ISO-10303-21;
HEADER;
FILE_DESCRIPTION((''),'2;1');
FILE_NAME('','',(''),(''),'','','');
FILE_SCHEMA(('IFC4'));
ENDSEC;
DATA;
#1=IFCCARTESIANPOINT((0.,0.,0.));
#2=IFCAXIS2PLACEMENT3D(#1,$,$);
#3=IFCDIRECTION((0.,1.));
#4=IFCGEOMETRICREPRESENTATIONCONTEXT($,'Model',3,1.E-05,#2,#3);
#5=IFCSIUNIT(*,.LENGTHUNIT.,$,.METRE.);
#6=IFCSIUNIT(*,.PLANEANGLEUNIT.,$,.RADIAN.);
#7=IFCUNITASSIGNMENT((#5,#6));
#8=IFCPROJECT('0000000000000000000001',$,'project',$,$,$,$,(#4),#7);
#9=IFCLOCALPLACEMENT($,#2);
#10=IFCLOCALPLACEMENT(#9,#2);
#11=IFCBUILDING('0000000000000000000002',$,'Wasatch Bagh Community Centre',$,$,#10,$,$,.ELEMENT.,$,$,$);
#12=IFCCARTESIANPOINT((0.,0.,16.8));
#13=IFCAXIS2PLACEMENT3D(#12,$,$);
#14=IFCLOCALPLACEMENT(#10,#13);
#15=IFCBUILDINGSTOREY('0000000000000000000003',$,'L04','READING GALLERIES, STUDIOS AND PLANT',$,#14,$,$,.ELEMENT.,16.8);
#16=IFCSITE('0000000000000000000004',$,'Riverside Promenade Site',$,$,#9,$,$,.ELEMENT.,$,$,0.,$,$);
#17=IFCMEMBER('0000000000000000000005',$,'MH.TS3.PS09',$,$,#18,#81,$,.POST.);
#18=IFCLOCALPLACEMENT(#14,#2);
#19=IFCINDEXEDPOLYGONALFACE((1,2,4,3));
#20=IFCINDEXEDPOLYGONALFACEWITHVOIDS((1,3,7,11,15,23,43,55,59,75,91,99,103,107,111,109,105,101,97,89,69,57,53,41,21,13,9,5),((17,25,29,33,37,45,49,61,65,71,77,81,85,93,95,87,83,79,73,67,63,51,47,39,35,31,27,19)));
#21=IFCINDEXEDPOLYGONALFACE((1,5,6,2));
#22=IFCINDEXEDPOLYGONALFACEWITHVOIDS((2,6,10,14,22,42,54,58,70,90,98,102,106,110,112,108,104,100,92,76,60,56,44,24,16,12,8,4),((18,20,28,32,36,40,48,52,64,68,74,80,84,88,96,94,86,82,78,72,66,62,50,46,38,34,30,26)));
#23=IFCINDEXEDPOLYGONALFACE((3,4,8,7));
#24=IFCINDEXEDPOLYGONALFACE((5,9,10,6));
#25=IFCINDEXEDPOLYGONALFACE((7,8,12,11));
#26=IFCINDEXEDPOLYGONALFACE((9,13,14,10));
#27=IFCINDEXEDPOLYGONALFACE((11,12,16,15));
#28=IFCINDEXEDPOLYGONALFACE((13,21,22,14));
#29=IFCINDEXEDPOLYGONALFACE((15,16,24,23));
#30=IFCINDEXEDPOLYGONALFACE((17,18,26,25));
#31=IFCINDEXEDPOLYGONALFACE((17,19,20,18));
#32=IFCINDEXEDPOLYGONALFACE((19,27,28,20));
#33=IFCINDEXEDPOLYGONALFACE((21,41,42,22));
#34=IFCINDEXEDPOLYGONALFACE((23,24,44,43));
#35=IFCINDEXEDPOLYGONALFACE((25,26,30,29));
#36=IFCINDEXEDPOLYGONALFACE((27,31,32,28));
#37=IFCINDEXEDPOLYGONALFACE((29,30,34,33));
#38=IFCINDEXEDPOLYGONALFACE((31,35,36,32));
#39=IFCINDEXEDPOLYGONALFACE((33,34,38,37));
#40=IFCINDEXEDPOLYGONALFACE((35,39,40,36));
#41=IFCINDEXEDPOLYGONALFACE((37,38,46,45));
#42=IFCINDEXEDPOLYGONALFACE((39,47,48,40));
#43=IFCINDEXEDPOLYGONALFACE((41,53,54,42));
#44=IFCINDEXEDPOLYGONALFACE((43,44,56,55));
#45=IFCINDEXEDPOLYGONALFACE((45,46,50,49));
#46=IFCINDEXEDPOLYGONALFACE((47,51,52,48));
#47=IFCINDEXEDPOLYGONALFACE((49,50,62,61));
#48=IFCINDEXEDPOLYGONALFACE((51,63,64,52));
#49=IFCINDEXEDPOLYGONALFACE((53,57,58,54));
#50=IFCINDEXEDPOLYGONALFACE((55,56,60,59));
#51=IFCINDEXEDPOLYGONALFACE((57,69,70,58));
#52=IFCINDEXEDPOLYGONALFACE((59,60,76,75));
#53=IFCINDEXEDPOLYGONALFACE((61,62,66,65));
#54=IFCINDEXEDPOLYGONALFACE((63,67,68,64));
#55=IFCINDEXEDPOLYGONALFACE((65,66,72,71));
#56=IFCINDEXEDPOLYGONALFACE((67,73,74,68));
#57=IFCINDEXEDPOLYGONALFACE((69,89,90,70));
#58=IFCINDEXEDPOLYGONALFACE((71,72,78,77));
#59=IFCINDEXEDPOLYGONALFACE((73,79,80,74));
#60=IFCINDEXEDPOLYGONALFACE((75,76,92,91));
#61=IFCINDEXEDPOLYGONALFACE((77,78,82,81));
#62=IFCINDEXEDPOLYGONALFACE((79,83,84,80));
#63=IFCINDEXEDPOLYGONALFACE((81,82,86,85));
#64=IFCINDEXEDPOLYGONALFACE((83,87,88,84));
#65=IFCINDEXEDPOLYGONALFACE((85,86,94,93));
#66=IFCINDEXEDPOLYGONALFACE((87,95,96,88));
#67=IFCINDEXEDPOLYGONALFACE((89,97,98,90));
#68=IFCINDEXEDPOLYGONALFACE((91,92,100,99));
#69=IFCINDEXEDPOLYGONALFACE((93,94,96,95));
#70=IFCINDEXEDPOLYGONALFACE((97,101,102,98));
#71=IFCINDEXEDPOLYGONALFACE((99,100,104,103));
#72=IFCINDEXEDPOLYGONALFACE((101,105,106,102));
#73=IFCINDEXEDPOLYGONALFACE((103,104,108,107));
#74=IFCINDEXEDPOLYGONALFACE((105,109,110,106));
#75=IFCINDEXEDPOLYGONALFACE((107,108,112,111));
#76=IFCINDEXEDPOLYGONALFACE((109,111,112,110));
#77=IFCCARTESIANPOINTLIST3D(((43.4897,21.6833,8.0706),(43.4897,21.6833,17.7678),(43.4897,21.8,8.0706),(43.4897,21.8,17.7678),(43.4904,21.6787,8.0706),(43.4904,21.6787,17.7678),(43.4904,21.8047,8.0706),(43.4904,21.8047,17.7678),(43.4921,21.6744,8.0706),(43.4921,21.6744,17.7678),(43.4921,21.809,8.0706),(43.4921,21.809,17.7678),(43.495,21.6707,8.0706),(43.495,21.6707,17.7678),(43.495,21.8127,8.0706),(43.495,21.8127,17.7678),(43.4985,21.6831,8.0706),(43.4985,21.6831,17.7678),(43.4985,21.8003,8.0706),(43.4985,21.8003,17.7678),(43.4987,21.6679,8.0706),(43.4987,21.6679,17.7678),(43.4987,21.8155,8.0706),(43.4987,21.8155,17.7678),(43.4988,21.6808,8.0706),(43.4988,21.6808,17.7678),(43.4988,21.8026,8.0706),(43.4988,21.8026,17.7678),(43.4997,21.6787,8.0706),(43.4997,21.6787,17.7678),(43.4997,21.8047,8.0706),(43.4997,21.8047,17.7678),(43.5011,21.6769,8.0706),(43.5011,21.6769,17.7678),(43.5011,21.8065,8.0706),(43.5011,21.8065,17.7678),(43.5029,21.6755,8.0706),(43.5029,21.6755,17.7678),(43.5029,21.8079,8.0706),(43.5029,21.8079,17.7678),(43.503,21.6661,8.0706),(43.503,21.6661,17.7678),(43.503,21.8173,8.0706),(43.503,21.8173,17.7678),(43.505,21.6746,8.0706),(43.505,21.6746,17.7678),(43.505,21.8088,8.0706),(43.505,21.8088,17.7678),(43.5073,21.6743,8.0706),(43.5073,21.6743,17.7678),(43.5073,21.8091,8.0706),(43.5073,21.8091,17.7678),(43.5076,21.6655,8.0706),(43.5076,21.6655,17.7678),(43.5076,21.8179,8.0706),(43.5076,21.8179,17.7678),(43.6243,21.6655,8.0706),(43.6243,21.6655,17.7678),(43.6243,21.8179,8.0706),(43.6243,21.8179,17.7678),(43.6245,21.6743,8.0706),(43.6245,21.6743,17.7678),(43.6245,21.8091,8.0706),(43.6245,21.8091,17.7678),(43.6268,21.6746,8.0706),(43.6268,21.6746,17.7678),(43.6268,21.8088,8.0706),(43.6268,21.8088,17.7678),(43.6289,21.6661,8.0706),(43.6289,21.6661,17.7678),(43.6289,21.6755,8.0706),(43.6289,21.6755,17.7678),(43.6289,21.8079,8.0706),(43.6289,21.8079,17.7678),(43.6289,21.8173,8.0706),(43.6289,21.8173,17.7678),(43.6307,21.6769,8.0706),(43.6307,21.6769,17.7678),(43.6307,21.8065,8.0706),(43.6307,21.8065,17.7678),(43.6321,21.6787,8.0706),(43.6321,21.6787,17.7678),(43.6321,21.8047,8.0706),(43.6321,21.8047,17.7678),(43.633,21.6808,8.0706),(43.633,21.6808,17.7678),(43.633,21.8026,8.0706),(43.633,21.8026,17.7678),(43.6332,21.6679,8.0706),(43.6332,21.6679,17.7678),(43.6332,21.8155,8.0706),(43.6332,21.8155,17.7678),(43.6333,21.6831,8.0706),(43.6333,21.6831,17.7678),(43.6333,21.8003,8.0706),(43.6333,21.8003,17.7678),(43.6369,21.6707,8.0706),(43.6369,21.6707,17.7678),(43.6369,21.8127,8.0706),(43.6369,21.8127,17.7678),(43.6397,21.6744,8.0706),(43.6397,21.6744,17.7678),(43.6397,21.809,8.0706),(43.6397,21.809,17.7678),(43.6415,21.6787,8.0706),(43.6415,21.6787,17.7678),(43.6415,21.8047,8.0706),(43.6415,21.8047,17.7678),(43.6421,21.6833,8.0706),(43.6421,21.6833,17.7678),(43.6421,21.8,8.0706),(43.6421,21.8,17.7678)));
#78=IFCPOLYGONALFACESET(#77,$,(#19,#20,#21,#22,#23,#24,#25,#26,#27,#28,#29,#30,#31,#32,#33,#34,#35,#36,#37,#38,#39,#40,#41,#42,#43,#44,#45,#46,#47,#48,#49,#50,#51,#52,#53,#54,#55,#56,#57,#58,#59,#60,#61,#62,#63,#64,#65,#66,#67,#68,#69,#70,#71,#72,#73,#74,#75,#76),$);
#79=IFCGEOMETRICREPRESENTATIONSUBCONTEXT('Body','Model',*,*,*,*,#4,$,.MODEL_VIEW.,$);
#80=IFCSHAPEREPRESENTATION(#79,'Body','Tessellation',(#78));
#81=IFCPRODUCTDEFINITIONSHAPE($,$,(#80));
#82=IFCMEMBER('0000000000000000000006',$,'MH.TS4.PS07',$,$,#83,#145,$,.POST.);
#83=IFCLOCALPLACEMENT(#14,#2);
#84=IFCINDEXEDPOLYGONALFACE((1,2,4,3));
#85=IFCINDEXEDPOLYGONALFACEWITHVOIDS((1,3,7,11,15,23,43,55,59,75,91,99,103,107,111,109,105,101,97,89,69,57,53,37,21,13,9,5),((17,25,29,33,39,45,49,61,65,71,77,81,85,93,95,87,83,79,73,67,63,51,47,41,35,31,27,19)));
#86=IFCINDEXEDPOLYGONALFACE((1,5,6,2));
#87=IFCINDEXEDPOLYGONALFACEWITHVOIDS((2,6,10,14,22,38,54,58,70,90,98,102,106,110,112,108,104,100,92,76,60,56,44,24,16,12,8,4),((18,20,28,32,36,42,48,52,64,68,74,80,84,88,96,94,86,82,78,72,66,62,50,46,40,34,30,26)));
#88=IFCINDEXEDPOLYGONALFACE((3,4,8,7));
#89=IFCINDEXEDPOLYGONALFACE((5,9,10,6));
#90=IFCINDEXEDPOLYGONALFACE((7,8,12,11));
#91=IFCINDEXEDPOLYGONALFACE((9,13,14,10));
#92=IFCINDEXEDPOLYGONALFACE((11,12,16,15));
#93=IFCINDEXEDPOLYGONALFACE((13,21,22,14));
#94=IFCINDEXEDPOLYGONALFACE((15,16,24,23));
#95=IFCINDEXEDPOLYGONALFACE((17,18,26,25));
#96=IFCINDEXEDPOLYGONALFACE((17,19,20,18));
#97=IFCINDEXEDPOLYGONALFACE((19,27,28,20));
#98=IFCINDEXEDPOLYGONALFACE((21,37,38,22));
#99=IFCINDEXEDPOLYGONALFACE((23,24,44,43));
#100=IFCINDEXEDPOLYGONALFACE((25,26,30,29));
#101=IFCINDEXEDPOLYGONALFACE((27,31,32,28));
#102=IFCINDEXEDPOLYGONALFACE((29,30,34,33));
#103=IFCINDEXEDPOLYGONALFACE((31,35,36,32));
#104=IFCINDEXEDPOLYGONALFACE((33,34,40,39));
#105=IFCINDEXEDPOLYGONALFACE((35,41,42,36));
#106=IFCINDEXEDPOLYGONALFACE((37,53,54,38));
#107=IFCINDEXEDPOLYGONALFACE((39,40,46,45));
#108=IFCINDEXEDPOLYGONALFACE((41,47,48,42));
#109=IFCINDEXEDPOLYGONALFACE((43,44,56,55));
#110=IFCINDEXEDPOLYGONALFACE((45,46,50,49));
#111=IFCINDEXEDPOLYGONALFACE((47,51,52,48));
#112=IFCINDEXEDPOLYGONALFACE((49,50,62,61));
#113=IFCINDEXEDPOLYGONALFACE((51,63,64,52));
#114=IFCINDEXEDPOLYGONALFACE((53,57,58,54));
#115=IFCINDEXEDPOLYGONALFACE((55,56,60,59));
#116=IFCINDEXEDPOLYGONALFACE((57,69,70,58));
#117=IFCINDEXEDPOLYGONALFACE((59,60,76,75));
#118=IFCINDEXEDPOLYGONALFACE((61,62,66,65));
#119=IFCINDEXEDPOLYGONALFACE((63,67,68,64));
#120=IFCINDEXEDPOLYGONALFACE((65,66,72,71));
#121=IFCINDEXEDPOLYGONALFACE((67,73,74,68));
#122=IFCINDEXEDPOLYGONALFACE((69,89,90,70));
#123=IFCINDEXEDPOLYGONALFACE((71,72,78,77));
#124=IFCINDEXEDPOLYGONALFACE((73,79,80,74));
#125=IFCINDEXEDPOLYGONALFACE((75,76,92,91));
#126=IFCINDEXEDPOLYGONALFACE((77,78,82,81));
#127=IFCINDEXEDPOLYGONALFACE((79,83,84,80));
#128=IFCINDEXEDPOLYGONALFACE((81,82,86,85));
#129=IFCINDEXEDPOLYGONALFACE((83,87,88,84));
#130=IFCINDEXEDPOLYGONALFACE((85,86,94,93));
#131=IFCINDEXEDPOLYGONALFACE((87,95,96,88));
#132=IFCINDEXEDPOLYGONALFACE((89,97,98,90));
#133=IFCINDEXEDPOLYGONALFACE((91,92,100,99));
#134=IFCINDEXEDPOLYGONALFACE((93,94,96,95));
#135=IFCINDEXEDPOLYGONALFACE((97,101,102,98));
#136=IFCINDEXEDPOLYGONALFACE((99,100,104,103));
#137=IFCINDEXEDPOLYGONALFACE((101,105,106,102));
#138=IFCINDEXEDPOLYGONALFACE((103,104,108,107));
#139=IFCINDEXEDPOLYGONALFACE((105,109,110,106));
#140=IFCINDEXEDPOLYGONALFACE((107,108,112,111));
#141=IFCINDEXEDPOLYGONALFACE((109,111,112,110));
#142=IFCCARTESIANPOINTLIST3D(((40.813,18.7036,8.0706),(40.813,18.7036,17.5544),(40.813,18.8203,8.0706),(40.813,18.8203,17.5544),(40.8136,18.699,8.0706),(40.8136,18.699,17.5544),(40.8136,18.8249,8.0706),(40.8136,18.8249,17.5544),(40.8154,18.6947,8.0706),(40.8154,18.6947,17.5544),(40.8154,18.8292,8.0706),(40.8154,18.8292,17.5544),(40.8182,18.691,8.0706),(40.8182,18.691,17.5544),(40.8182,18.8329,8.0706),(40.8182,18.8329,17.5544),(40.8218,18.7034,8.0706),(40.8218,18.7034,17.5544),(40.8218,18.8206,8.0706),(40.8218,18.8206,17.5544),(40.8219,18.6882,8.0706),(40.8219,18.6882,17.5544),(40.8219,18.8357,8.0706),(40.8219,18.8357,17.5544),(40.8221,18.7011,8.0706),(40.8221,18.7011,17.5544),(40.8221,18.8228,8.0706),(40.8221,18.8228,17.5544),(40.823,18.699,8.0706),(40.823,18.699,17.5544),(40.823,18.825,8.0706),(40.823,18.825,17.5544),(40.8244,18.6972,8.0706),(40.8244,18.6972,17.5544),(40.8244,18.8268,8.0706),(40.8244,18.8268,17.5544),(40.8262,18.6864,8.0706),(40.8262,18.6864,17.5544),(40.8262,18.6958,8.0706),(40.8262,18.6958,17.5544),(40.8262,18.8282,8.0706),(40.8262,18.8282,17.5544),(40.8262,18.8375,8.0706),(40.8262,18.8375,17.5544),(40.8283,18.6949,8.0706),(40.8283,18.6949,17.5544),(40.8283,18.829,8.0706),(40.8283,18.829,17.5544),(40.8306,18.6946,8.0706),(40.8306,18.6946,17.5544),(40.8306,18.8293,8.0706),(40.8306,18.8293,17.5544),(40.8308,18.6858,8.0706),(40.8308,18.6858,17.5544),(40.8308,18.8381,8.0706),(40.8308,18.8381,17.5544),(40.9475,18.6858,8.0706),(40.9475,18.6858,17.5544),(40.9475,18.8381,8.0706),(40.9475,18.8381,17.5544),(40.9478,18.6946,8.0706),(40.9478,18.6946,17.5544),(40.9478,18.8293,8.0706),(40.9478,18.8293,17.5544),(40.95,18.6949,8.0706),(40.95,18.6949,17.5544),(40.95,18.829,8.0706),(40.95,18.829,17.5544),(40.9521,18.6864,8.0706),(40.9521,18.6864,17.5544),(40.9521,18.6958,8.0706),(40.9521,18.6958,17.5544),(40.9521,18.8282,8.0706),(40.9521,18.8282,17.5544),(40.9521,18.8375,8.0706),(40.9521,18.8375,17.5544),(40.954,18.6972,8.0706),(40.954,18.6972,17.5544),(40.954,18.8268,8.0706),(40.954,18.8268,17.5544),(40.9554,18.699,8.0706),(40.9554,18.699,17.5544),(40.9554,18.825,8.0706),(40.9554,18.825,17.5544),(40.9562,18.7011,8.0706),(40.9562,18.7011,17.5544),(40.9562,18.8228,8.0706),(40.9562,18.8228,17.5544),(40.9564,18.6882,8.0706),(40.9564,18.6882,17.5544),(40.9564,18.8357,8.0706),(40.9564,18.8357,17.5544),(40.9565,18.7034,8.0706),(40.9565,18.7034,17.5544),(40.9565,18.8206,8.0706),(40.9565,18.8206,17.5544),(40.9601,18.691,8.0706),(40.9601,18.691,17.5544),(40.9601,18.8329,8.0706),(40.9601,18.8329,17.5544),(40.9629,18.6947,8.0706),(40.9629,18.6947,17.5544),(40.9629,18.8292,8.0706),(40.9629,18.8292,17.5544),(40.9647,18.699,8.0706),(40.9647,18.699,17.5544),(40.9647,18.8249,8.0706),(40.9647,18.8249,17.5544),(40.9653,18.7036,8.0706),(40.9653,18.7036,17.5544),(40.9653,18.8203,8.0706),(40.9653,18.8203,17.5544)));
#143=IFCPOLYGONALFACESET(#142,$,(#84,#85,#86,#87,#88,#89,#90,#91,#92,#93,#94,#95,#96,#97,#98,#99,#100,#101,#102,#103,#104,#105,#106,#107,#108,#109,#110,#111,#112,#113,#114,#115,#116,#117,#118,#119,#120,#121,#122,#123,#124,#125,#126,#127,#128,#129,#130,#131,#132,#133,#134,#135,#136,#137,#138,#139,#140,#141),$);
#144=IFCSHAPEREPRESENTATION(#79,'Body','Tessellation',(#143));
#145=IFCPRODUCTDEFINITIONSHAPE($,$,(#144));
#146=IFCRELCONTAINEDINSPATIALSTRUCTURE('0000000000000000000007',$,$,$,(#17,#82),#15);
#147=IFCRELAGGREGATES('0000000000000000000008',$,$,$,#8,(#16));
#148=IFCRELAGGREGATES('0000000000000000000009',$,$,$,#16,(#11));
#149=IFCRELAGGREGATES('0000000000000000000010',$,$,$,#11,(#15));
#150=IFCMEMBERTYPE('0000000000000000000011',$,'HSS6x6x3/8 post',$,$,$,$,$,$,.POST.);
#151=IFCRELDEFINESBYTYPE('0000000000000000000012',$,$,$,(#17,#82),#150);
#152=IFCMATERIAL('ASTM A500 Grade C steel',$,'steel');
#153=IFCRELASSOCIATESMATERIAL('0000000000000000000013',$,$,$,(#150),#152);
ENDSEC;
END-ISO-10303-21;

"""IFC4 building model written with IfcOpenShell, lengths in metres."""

from ifc_helpers import new_model, si_unit, direction, frame, origin, origin_2d, place, context, subcontext, project, spatial, hollow_rectangle, extrude, material, material_profile, profile_set, type_object, element, save


model = new_model("IFC4")

# Units and contexts
model_context = context("Model", 3, precision=1e-05, world=origin(), true_north=direction((0.0, 1.0)))
body_context = subcontext(model_context, "Body", "Model", "MODEL_VIEW")
ifc_project = project(units=[si_unit("LENGTHUNIT", "METRE"), si_unit("PLANEANGLEUNIT", "RADIAN")], contexts=[model_context])

# Site, building, storey
site_placement = place(None, origin())
site = spatial("IfcSite", under=ifc_project, at=site_placement, Name="Riverside Promenade Site", CompositionType="ELEMENT", RefElevation=0.0)
building_placement = place(site_placement, origin())
building = spatial("IfcBuilding", under=site, at=building_placement, Name="Wasatch Bagh Community Centre", CompositionType="ELEMENT")
storey_placement = place(building_placement, frame((0.0, 0.0, 16.8)))
storey = spatial("IfcBuildingStorey", under=building, at=storey_placement, Name="L04", Description="READING GALLERIES, STUDIOS AND PLANT", CompositionType="ELEMENT", Elevation=16.8)

# Members
ifc_material_1 = material(Name="ASTM A500 Grade C steel", Category="steel")
ifc_material_profile_1 = material_profile(ifc_material_1, hollow_rectangle(XDim=0.1523, YDim=0.1523, WallThickness=0.0088, InnerFilletRadius=0.0088, OuterFilletRadius=0.0178, at=origin_2d()), Name="HSS6x6x3/8")
ifc_profile_set_1 = profile_set([ifc_material_profile_1], Name="ASTM A500 Grade C steel")
member_type_1 = type_object("IfcMemberType", Name="HSS6x6x3/8 post", PredefinedType="POST", material=ifc_profile_set_1)
member_1_placement = place(storey_placement, frame((43.5659, 21.7417, 8.0706), z_axis=(0.0, 0.0, 1.0), x_axis=(1.0, 0.0, 0.0)))
element("IfcMember", 1, at=member_1_placement, inside=storey, type_object=member_type_1, Name="MH.TS3.PS09", PredefinedType="POST", context=body_context, shape_type="SweptSolid", body=[
    extrude(hollow_rectangle(XDim=0.1523, YDim=0.1523, WallThickness=0.0088, InnerFilletRadius=0.0088, OuterFilletRadius=0.0178, at=origin_2d()), origin(), (0.0, 0.0, 1.0), 9.6973),
])
member_2_placement = place(storey_placement, frame((40.8892, 18.762, 8.0706), z_axis=(0.0, 0.0, 1.0), x_axis=(1.0, 0.0, 0.0)))
element("IfcMember", 2, at=member_2_placement, inside=storey, type_object=member_type_1, Name="MH.TS4.PS07", PredefinedType="POST", context=body_context, shape_type="SweptSolid", body=[
    extrude(hollow_rectangle(XDim=0.1523, YDim=0.1523, WallThickness=0.0088, InnerFilletRadius=0.0088, OuterFilletRadius=0.0178, at=origin_2d()), origin(), (0.0, 0.0, 1.0), 9.4839),
])

save(model, "model.ifc")
